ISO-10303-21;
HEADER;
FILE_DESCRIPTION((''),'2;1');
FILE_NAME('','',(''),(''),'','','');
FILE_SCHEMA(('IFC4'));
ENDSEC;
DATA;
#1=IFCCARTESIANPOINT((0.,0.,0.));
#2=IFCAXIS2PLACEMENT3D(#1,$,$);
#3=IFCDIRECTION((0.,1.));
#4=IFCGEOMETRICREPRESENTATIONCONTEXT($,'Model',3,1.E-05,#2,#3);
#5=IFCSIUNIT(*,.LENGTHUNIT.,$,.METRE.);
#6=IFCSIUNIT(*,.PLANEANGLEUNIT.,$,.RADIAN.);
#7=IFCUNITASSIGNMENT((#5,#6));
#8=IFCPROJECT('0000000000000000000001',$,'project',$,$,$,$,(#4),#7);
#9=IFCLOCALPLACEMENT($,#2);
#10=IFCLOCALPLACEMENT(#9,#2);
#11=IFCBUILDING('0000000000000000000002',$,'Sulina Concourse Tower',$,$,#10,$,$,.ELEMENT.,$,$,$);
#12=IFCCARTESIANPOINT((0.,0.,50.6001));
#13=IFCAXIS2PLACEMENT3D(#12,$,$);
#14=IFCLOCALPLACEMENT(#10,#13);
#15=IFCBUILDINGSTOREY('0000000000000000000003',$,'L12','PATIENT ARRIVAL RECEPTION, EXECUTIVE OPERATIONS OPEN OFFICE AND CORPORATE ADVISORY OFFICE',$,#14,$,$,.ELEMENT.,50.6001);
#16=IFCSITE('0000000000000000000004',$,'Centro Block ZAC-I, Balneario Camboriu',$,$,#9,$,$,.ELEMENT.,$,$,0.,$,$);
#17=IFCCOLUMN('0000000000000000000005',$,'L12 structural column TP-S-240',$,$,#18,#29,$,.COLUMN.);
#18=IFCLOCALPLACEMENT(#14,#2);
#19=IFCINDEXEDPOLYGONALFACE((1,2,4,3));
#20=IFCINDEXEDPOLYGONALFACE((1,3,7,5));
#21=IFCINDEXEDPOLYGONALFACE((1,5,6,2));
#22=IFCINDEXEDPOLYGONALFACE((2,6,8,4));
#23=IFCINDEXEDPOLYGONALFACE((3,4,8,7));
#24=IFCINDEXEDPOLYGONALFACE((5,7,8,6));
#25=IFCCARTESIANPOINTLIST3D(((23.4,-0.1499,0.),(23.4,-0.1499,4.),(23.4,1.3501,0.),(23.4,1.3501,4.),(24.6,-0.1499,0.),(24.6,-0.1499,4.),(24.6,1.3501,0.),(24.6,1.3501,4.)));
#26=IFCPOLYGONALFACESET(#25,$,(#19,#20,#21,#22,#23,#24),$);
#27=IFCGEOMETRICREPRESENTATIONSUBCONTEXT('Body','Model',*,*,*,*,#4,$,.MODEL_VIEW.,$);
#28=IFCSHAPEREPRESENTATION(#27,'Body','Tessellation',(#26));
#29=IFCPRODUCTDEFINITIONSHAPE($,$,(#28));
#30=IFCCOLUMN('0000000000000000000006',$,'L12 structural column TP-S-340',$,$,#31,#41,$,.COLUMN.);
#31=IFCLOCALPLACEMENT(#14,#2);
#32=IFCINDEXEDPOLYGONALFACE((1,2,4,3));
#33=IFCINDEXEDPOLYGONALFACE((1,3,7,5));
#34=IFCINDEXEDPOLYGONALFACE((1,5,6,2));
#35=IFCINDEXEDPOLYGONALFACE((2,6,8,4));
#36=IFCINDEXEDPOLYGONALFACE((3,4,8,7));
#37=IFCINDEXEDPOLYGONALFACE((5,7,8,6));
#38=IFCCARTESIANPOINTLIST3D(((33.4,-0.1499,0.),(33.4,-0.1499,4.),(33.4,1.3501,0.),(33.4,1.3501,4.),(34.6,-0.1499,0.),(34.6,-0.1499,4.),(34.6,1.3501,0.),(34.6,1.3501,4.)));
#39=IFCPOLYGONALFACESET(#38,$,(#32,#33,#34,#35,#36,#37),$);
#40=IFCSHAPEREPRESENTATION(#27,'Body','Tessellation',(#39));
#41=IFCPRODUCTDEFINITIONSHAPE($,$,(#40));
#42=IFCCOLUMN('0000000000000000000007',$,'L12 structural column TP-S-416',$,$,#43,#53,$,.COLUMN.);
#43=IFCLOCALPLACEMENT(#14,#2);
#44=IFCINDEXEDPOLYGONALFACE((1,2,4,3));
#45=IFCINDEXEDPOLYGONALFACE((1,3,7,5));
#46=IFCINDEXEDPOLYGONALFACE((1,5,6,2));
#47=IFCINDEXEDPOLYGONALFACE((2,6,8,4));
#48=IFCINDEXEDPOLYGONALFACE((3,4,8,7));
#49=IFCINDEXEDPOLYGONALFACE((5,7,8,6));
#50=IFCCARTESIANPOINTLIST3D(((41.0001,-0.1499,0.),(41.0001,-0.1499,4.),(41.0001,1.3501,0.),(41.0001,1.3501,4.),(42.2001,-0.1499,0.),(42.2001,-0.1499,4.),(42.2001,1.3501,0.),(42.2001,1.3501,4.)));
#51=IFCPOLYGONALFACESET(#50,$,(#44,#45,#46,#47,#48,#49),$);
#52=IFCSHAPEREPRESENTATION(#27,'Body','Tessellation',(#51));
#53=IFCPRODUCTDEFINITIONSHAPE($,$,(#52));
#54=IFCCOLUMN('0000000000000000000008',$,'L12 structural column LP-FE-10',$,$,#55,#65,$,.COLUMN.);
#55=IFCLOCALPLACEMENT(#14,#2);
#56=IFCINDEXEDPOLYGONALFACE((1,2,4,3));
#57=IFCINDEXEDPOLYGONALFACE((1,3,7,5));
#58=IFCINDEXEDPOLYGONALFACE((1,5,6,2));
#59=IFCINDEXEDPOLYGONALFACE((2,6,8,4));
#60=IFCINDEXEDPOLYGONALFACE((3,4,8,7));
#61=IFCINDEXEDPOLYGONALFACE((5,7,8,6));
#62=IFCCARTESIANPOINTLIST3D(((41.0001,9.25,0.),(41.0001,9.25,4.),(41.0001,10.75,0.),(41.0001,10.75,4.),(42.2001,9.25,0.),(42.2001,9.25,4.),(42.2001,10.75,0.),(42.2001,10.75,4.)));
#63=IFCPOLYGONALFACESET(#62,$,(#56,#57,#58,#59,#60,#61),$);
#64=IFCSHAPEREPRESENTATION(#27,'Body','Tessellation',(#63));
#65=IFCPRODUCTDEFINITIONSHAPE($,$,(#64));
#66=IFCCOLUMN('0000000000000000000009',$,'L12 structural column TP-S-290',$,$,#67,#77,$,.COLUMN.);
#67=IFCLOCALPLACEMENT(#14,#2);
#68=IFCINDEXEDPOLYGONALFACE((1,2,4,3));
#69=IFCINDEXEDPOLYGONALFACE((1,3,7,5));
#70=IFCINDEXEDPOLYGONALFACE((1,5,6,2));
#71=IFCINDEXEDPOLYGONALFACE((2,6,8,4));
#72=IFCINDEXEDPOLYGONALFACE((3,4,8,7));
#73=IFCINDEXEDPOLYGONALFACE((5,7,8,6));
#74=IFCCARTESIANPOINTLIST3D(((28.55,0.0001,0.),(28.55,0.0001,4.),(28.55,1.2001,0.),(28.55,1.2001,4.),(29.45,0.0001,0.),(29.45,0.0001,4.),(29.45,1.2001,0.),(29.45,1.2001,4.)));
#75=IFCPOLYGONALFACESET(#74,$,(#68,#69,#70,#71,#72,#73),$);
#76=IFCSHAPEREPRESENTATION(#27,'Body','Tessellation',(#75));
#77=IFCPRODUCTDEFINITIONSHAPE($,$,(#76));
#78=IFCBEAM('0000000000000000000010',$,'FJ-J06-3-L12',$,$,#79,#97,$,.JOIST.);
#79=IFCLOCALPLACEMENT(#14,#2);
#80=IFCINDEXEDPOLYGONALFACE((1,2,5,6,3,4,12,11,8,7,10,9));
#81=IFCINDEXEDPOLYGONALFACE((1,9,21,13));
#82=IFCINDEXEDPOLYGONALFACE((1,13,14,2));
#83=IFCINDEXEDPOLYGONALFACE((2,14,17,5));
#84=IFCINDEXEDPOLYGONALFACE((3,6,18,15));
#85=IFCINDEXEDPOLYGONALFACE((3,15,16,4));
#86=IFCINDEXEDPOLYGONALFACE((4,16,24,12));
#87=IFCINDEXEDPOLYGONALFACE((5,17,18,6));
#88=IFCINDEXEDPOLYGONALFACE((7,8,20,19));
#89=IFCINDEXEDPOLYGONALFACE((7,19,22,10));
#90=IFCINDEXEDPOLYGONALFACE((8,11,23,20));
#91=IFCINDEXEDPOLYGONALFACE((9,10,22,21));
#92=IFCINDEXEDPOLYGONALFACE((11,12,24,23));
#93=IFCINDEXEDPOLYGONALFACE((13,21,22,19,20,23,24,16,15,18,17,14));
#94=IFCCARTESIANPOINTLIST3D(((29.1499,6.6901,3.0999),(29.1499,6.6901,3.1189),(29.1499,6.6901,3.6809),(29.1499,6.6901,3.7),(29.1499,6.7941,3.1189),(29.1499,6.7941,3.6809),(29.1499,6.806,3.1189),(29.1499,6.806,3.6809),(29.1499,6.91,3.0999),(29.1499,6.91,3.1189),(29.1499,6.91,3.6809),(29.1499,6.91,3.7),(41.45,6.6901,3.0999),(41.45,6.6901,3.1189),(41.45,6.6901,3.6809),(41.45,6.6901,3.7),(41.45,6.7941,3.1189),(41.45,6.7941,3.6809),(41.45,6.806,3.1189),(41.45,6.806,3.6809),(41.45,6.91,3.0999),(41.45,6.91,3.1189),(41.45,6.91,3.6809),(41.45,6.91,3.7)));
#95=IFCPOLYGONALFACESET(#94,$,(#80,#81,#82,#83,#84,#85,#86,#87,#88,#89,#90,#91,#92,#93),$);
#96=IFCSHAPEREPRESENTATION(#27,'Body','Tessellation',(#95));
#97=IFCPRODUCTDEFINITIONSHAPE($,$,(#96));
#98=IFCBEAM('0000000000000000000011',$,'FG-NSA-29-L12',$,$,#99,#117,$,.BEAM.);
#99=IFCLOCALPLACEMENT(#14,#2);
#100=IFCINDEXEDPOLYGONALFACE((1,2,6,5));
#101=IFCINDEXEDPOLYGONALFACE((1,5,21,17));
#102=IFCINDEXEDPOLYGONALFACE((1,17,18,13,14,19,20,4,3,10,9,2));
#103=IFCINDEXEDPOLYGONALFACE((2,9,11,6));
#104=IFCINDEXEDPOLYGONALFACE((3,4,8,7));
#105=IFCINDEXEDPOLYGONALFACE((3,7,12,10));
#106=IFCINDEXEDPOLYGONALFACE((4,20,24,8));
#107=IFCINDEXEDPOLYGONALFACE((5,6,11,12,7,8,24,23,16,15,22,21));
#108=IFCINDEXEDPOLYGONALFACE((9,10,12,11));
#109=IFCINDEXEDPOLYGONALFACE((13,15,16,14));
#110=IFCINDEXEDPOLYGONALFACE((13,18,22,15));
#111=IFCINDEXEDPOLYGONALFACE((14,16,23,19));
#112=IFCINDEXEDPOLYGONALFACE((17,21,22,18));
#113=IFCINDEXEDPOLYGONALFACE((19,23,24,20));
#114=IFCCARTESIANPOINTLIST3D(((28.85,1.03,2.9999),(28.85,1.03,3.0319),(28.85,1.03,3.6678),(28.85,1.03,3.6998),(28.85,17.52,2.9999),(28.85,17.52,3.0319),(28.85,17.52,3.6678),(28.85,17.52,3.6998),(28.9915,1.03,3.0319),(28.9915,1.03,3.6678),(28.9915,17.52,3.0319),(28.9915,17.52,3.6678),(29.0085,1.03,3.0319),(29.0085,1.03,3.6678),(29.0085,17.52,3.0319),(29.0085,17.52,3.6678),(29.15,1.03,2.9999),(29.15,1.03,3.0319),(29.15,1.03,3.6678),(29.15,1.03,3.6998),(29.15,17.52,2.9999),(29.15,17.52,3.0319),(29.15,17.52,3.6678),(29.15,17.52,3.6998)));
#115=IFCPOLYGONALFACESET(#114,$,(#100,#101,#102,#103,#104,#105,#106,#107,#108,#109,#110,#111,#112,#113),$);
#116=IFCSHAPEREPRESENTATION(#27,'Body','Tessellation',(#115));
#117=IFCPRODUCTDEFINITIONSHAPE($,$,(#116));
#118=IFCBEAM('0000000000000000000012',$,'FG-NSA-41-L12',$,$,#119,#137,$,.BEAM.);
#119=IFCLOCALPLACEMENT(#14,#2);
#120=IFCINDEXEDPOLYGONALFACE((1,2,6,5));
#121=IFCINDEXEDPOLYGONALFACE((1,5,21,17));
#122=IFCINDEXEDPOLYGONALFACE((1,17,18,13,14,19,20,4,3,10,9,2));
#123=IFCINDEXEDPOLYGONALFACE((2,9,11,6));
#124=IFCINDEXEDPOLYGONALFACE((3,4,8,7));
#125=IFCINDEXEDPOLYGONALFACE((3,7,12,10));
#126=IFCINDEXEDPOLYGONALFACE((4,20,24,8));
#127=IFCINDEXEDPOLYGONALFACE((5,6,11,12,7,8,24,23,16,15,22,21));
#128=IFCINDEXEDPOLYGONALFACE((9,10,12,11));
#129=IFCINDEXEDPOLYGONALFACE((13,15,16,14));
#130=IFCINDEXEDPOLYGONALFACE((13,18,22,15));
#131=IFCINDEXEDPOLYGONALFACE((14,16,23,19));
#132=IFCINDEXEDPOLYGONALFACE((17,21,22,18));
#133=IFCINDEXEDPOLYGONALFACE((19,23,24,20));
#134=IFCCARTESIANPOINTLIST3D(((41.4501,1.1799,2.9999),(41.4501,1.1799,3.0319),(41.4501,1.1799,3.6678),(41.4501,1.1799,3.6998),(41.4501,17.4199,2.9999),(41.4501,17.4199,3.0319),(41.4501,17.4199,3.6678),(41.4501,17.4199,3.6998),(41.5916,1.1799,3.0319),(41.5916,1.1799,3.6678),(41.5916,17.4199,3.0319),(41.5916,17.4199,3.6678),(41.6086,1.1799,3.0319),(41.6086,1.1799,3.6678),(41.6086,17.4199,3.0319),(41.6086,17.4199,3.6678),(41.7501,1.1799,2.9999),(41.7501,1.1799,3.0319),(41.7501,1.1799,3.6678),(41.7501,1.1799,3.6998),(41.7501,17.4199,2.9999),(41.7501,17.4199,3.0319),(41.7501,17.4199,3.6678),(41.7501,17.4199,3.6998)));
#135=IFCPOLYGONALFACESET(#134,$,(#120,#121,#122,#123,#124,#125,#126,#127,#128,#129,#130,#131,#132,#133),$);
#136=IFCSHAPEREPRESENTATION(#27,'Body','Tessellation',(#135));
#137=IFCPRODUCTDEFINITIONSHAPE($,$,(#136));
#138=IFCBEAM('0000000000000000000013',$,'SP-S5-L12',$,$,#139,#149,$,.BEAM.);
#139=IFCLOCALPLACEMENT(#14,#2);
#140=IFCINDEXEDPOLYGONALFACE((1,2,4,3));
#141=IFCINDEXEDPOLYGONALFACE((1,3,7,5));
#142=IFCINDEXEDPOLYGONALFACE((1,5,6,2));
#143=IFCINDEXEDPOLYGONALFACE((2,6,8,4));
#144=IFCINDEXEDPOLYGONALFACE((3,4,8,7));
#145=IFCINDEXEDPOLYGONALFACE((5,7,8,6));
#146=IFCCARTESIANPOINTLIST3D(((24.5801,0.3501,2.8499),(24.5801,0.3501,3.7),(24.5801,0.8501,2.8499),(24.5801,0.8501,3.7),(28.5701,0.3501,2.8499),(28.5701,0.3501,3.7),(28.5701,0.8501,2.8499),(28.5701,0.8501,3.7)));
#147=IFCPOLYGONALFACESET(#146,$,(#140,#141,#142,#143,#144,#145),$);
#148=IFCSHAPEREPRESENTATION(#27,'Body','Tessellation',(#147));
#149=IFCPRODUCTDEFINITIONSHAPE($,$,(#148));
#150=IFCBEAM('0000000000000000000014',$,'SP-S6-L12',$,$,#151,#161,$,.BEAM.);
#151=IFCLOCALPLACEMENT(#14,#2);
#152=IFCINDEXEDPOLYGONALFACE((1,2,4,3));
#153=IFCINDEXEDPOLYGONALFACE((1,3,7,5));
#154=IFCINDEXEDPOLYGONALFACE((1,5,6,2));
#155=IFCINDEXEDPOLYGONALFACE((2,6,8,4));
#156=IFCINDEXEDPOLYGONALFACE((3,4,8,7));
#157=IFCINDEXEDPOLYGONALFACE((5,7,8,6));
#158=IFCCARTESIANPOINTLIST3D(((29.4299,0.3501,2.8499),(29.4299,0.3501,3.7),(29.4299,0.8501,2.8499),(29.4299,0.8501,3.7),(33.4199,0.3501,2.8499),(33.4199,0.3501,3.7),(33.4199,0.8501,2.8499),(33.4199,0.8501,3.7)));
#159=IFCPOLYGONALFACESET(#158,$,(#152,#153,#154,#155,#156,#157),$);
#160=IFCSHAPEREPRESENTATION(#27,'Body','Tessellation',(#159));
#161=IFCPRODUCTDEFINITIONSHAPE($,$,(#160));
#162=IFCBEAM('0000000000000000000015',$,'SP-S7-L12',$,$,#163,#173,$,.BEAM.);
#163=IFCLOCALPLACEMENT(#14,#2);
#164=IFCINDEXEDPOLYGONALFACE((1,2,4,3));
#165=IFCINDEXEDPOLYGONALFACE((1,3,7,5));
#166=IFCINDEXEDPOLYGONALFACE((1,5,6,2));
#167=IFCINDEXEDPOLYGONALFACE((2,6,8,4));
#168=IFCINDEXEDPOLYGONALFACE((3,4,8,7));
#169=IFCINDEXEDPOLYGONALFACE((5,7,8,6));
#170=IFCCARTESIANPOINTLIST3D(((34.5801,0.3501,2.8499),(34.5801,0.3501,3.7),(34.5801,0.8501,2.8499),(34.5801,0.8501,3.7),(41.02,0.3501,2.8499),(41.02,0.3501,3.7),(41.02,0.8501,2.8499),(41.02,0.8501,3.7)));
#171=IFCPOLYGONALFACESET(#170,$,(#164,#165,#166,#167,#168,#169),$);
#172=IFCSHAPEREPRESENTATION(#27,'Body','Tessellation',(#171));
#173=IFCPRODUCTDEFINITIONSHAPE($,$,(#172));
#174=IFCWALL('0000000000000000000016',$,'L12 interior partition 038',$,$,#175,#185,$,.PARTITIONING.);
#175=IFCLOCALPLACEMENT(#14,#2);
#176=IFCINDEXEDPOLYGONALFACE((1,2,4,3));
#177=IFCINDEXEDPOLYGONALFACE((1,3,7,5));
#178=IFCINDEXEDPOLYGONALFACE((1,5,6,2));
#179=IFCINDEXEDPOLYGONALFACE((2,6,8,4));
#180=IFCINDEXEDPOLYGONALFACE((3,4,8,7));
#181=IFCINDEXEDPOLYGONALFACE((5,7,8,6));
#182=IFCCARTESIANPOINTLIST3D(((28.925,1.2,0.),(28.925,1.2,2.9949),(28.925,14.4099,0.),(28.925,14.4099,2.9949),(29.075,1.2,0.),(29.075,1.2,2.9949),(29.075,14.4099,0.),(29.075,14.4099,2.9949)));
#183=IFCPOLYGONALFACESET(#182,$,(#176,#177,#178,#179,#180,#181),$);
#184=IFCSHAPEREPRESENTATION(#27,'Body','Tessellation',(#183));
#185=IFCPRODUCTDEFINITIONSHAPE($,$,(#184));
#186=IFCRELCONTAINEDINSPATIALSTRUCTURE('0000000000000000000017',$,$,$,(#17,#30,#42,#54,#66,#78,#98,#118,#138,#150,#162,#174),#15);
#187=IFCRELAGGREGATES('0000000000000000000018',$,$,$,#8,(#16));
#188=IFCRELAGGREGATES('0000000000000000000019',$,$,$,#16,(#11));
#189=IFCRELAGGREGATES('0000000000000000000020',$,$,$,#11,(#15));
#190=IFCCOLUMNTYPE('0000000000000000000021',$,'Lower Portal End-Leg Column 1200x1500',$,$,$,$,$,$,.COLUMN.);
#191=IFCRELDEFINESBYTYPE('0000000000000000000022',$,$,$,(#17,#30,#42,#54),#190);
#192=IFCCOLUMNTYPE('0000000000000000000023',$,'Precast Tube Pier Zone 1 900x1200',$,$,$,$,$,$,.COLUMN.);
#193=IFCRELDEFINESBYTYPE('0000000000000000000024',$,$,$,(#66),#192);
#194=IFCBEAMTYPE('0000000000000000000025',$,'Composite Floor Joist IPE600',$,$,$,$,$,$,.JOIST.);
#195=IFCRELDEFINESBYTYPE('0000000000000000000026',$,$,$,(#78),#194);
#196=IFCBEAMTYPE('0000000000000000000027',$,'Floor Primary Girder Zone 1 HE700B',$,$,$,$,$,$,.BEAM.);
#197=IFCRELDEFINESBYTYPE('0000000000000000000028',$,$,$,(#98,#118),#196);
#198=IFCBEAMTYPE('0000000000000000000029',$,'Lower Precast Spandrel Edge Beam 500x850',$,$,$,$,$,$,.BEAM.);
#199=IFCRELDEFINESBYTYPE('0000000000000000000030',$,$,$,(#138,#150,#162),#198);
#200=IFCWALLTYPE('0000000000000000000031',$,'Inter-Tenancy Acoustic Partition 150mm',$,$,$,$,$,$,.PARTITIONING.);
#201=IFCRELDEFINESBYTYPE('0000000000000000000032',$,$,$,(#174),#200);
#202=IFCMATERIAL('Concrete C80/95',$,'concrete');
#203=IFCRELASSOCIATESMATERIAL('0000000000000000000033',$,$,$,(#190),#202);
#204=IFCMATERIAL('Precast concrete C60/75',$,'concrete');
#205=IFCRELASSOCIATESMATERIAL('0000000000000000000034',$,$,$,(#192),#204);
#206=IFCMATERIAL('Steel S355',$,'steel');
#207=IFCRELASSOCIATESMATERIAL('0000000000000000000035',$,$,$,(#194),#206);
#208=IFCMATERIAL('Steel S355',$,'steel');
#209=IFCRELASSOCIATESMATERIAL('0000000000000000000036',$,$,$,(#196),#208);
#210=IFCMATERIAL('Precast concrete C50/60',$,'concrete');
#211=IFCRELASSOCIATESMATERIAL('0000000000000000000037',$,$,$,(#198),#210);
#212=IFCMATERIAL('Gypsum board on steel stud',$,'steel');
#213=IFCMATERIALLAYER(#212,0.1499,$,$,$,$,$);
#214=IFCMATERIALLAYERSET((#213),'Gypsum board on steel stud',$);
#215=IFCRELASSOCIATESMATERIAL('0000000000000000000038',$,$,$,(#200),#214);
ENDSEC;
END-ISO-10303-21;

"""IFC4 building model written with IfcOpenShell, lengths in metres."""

from ifc_helpers import new_model, si_unit, direction, frame, frame_2d, origin, origin_2d, place, context, subcontext, project, spatial, rectangle, i_section, extrude, material, layer, layer_set, material_profile, profile_set, type_object, element, save


model = new_model("IFC4")

# Units and contexts
model_context = context("Model", 3, precision=1e-05, world=origin(), true_north=direction((0.0, 1.0)))
body_context = subcontext(model_context, "Body", "Model", "MODEL_VIEW")
ifc_project = project(units=[si_unit("LENGTHUNIT", "METRE"), si_unit("PLANEANGLEUNIT", "RADIAN")], contexts=[model_context])

# Site, building, storey
site_placement = place(None, origin())
site = spatial("IfcSite", under=ifc_project, at=site_placement, Name="Centro Block ZAC-I, Balneario Camboriu", CompositionType="ELEMENT", RefElevation=0.0)
building_placement = place(site_placement, origin())
building = spatial("IfcBuilding", under=site, at=building_placement, Name="Sulina Concourse Tower", CompositionType="ELEMENT")
storey_placement = place(building_placement, frame((0.0, 0.0, 50.6001)))
storey = spatial("IfcBuildingStorey", under=building, at=storey_placement, Name="L12", Description="PATIENT ARRIVAL RECEPTION, EXECUTIVE OPERATIONS OPEN OFFICE AND CORPORATE ADVISORY OFFICE", CompositionType="ELEMENT", Elevation=50.6001)

# Columns
ifc_material_1 = material(Name="Concrete C80/95", Category="concrete")
ifc_material_profile_1 = material_profile(ifc_material_1, rectangle(XDim=1.2, YDim=1.5, at=origin_2d()), Name="RC 1200x1500")
ifc_profile_set_1 = profile_set([ifc_material_profile_1], Name="Concrete C80/95")
column_type_1 = type_object("IfcColumnType", Name="Lower Portal End-Leg Column 1200x1500", PredefinedType="COLUMN", material=ifc_profile_set_1)
for number, where, z_axis, x_axis, name in (
    (1, (24.0, 0.6001, 0.0), (0.0, 0.0, 1.0), (1.0, 0.0, 0.0), "L12 structural column TP-S-240"),
    (2, (34.0, 0.6001, 0.0), (0.0, 0.0, 1.0), (1.0, 0.0, 0.0), "L12 structural column TP-S-340"),
    (3, (41.6001, 0.6001, 0.0), (0.0, 0.0, 1.0), (1.0, 0.0, 0.0), "L12 structural column TP-S-416"),
    (4, (41.6001, 10.0, 0.0), (0.0, 0.0, 1.0), (1.0, 0.0, 0.0), "L12 structural column LP-FE-10"),
):
    element("IfcColumn", number, at=place(storey_placement, frame(where, z_axis=z_axis, x_axis=x_axis)), inside=storey, type_object=column_type_1, Name=name, PredefinedType="COLUMN", context=body_context, shape_type="SweptSolid", body=[
        extrude(rectangle(XDim=1.2, YDim=1.5, at=origin_2d()), origin(), (0.0, 0.0, 1.0), 4.0),
    ])
ifc_material_2 = material(Name="Precast concrete C60/75", Category="concrete")
ifc_material_profile_2 = material_profile(ifc_material_2, rectangle(XDim=0.8999, YDim=1.2, at=origin_2d()), Name="PC 900x1200")
ifc_profile_set_2 = profile_set([ifc_material_profile_2], Name="Precast concrete C60/75")
column_type_2 = type_object("IfcColumnType", Name="Precast Tube Pier Zone 1 900x1200", PredefinedType="COLUMN", material=ifc_profile_set_2)
column_placement = place(storey_placement, frame((29.0, 0.6001, 0.0), z_axis=(0.0, 0.0, 1.0), x_axis=(1.0, 0.0, 0.0)))
element("IfcColumn", 5, at=column_placement, inside=storey, type_object=column_type_2, Name="L12 structural column TP-S-290", PredefinedType="COLUMN", context=body_context, shape_type="SweptSolid", body=[
    extrude(rectangle(XDim=0.8999, YDim=1.2, at=origin_2d()), origin(), (0.0, 0.0, 1.0), 4.0),
])

# Beams
ifc_material_3 = material(Name="Steel S355", Category="steel")
ifc_material_profile_3 = material_profile(ifc_material_3, i_section(OverallWidth=0.22, OverallDepth=0.6001, WebThickness=0.012, FlangeThickness=0.019, at=origin_2d()), Name="IPE 600")
ifc_profile_set_3 = profile_set([ifc_material_profile_3], Name="Steel S355")
beam_type_1 = type_object("IfcBeamType", Name="Composite Floor Joist IPE600", PredefinedType="JOIST", material=ifc_profile_set_3)
beam_1_placement = place(storey_placement, frame((29.1499, 6.8, 3.3999), z_axis=(1.0, 0.0, 0.0), x_axis=(0.0, 1.0, 0.0)))
element("IfcBeam", 6, at=beam_1_placement, inside=storey, type_object=beam_type_1, Name="FJ-J06-3-L12", PredefinedType="JOIST", context=body_context, shape_type="SweptSolid", body=[
    extrude(i_section(OverallWidth=0.22, OverallDepth=0.6001, WebThickness=0.012, FlangeThickness=0.019, at=origin_2d()), origin(), (0.0, 0.0, 1.0), 12.3),
])
ifc_material_4 = material(Name="Steel S355", Category="steel")
ifc_material_profile_4 = material_profile(ifc_material_4, i_section(OverallWidth=0.3, OverallDepth=0.7, WebThickness=0.0171, FlangeThickness=0.032, at=origin_2d()), Name="HE 700 B")
ifc_profile_set_4 = profile_set([ifc_material_profile_4], Name="Steel S355")
beam_type_2 = type_object("IfcBeamType", Name="Floor Primary Girder Zone 1 HE700B", PredefinedType="BEAM", material=ifc_profile_set_4)
beam_2_placement = place(storey_placement, frame((29.0, 1.03, 3.3499), z_axis=(0.0, 1.0, 0.0), x_axis=(-1.0, 0.0, 0.0)))
element("IfcBeam", 7, at=beam_2_placement, inside=storey, type_object=beam_type_2, Name="FG-NSA-29-L12", PredefinedType="BEAM", context=body_context, shape_type="SweptSolid", body=[
    extrude(i_section(OverallWidth=0.3, OverallDepth=0.7, WebThickness=0.0171, FlangeThickness=0.032, at=origin_2d()), origin(), (0.0, 0.0, 1.0), 16.49),
])
beam_3_placement = place(storey_placement, frame((41.6001, 1.1799, 3.3499), z_axis=(0.0, 1.0, 0.0), x_axis=(-1.0, 0.0, 0.0)))
element("IfcBeam", 8, at=beam_3_placement, inside=storey, type_object=beam_type_2, Name="FG-NSA-41-L12", PredefinedType="BEAM", context=body_context, shape_type="SweptSolid", body=[
    extrude(i_section(OverallWidth=0.3, OverallDepth=0.7, WebThickness=0.0171, FlangeThickness=0.032, at=origin_2d()), origin(), (0.0, 0.0, 1.0), 16.24),
])
ifc_material_5 = material(Name="Precast concrete C50/60", Category="concrete")
ifc_material_profile_5 = material_profile(ifc_material_5, rectangle(XDim=0.5, YDim=0.8501, at=origin_2d()), Name="RC 500x850")
ifc_profile_set_5 = profile_set([ifc_material_profile_5], Name="Precast concrete C50/60")
beam_type_3 = type_object("IfcBeamType", Name="Lower Precast Spandrel Edge Beam 500x850", PredefinedType="BEAM", material=ifc_profile_set_5)
for number, where, z_axis, x_axis, name in (
    (9, (24.5801, 0.6001, 3.2749), (1.0, 0.0, 0.0), (0.0, 1.0, 0.0), "SP-S5-L12"),
    (10, (29.4299, 0.6001, 3.2749), (1.0, 0.0, 0.0), (0.0, 1.0, 0.0), "SP-S6-L12"),
):
    element("IfcBeam", number, at=place(storey_placement, frame(where, z_axis=z_axis, x_axis=x_axis)), inside=storey, type_object=beam_type_3, Name=name, PredefinedType="BEAM", context=body_context, shape_type="SweptSolid", body=[
        extrude(rectangle(XDim=0.5, YDim=0.8501, at=origin_2d()), origin(), (0.0, 0.0, 1.0), 3.99),
    ])
beam_4_placement = place(storey_placement, frame((34.5801, 0.6001, 3.2749), z_axis=(1.0, 0.0, 0.0), x_axis=(0.0, 1.0, 0.0)))
element("IfcBeam", 11, at=beam_4_placement, inside=storey, type_object=beam_type_3, Name="SP-S7-L12", PredefinedType="BEAM", context=body_context, shape_type="SweptSolid", body=[
    extrude(rectangle(XDim=0.5, YDim=0.8501, at=origin_2d()), origin(), (0.0, 0.0, 1.0), 6.4399),
])

# Wall
ifc_material_6 = material(Name="Gypsum board on steel stud", Category="steel")
ifc_layer_1 = layer(ifc_material_6, 0.1499)
ifc_layer_set_1 = layer_set([ifc_layer_1], Name="Gypsum board on steel stud")
wall_type_1 = type_object("IfcWallType", Name="Inter-Tenancy Acoustic Partition 150mm", PredefinedType="PARTITIONING", material=ifc_layer_set_1)
wall_1_placement = place(storey_placement, frame((29.0, 1.2, 0.0), z_axis=(0.0, 0.0, 1.0), x_axis=(0.0, 1.0, 0.0)))
element("IfcWall", 12, at=wall_1_placement, inside=storey, type_object=wall_type_1, Name="L12 interior partition 038", PredefinedType="PARTITIONING", context=body_context, shape_type="SweptSolid", body=[
    extrude(rectangle(XDim=13.21, YDim=0.1499, at=frame_2d((6.605, 0.0))), origin(), (0.0, 0.0, 1.0), 2.9949),
])

save(model, "model.ifc")
